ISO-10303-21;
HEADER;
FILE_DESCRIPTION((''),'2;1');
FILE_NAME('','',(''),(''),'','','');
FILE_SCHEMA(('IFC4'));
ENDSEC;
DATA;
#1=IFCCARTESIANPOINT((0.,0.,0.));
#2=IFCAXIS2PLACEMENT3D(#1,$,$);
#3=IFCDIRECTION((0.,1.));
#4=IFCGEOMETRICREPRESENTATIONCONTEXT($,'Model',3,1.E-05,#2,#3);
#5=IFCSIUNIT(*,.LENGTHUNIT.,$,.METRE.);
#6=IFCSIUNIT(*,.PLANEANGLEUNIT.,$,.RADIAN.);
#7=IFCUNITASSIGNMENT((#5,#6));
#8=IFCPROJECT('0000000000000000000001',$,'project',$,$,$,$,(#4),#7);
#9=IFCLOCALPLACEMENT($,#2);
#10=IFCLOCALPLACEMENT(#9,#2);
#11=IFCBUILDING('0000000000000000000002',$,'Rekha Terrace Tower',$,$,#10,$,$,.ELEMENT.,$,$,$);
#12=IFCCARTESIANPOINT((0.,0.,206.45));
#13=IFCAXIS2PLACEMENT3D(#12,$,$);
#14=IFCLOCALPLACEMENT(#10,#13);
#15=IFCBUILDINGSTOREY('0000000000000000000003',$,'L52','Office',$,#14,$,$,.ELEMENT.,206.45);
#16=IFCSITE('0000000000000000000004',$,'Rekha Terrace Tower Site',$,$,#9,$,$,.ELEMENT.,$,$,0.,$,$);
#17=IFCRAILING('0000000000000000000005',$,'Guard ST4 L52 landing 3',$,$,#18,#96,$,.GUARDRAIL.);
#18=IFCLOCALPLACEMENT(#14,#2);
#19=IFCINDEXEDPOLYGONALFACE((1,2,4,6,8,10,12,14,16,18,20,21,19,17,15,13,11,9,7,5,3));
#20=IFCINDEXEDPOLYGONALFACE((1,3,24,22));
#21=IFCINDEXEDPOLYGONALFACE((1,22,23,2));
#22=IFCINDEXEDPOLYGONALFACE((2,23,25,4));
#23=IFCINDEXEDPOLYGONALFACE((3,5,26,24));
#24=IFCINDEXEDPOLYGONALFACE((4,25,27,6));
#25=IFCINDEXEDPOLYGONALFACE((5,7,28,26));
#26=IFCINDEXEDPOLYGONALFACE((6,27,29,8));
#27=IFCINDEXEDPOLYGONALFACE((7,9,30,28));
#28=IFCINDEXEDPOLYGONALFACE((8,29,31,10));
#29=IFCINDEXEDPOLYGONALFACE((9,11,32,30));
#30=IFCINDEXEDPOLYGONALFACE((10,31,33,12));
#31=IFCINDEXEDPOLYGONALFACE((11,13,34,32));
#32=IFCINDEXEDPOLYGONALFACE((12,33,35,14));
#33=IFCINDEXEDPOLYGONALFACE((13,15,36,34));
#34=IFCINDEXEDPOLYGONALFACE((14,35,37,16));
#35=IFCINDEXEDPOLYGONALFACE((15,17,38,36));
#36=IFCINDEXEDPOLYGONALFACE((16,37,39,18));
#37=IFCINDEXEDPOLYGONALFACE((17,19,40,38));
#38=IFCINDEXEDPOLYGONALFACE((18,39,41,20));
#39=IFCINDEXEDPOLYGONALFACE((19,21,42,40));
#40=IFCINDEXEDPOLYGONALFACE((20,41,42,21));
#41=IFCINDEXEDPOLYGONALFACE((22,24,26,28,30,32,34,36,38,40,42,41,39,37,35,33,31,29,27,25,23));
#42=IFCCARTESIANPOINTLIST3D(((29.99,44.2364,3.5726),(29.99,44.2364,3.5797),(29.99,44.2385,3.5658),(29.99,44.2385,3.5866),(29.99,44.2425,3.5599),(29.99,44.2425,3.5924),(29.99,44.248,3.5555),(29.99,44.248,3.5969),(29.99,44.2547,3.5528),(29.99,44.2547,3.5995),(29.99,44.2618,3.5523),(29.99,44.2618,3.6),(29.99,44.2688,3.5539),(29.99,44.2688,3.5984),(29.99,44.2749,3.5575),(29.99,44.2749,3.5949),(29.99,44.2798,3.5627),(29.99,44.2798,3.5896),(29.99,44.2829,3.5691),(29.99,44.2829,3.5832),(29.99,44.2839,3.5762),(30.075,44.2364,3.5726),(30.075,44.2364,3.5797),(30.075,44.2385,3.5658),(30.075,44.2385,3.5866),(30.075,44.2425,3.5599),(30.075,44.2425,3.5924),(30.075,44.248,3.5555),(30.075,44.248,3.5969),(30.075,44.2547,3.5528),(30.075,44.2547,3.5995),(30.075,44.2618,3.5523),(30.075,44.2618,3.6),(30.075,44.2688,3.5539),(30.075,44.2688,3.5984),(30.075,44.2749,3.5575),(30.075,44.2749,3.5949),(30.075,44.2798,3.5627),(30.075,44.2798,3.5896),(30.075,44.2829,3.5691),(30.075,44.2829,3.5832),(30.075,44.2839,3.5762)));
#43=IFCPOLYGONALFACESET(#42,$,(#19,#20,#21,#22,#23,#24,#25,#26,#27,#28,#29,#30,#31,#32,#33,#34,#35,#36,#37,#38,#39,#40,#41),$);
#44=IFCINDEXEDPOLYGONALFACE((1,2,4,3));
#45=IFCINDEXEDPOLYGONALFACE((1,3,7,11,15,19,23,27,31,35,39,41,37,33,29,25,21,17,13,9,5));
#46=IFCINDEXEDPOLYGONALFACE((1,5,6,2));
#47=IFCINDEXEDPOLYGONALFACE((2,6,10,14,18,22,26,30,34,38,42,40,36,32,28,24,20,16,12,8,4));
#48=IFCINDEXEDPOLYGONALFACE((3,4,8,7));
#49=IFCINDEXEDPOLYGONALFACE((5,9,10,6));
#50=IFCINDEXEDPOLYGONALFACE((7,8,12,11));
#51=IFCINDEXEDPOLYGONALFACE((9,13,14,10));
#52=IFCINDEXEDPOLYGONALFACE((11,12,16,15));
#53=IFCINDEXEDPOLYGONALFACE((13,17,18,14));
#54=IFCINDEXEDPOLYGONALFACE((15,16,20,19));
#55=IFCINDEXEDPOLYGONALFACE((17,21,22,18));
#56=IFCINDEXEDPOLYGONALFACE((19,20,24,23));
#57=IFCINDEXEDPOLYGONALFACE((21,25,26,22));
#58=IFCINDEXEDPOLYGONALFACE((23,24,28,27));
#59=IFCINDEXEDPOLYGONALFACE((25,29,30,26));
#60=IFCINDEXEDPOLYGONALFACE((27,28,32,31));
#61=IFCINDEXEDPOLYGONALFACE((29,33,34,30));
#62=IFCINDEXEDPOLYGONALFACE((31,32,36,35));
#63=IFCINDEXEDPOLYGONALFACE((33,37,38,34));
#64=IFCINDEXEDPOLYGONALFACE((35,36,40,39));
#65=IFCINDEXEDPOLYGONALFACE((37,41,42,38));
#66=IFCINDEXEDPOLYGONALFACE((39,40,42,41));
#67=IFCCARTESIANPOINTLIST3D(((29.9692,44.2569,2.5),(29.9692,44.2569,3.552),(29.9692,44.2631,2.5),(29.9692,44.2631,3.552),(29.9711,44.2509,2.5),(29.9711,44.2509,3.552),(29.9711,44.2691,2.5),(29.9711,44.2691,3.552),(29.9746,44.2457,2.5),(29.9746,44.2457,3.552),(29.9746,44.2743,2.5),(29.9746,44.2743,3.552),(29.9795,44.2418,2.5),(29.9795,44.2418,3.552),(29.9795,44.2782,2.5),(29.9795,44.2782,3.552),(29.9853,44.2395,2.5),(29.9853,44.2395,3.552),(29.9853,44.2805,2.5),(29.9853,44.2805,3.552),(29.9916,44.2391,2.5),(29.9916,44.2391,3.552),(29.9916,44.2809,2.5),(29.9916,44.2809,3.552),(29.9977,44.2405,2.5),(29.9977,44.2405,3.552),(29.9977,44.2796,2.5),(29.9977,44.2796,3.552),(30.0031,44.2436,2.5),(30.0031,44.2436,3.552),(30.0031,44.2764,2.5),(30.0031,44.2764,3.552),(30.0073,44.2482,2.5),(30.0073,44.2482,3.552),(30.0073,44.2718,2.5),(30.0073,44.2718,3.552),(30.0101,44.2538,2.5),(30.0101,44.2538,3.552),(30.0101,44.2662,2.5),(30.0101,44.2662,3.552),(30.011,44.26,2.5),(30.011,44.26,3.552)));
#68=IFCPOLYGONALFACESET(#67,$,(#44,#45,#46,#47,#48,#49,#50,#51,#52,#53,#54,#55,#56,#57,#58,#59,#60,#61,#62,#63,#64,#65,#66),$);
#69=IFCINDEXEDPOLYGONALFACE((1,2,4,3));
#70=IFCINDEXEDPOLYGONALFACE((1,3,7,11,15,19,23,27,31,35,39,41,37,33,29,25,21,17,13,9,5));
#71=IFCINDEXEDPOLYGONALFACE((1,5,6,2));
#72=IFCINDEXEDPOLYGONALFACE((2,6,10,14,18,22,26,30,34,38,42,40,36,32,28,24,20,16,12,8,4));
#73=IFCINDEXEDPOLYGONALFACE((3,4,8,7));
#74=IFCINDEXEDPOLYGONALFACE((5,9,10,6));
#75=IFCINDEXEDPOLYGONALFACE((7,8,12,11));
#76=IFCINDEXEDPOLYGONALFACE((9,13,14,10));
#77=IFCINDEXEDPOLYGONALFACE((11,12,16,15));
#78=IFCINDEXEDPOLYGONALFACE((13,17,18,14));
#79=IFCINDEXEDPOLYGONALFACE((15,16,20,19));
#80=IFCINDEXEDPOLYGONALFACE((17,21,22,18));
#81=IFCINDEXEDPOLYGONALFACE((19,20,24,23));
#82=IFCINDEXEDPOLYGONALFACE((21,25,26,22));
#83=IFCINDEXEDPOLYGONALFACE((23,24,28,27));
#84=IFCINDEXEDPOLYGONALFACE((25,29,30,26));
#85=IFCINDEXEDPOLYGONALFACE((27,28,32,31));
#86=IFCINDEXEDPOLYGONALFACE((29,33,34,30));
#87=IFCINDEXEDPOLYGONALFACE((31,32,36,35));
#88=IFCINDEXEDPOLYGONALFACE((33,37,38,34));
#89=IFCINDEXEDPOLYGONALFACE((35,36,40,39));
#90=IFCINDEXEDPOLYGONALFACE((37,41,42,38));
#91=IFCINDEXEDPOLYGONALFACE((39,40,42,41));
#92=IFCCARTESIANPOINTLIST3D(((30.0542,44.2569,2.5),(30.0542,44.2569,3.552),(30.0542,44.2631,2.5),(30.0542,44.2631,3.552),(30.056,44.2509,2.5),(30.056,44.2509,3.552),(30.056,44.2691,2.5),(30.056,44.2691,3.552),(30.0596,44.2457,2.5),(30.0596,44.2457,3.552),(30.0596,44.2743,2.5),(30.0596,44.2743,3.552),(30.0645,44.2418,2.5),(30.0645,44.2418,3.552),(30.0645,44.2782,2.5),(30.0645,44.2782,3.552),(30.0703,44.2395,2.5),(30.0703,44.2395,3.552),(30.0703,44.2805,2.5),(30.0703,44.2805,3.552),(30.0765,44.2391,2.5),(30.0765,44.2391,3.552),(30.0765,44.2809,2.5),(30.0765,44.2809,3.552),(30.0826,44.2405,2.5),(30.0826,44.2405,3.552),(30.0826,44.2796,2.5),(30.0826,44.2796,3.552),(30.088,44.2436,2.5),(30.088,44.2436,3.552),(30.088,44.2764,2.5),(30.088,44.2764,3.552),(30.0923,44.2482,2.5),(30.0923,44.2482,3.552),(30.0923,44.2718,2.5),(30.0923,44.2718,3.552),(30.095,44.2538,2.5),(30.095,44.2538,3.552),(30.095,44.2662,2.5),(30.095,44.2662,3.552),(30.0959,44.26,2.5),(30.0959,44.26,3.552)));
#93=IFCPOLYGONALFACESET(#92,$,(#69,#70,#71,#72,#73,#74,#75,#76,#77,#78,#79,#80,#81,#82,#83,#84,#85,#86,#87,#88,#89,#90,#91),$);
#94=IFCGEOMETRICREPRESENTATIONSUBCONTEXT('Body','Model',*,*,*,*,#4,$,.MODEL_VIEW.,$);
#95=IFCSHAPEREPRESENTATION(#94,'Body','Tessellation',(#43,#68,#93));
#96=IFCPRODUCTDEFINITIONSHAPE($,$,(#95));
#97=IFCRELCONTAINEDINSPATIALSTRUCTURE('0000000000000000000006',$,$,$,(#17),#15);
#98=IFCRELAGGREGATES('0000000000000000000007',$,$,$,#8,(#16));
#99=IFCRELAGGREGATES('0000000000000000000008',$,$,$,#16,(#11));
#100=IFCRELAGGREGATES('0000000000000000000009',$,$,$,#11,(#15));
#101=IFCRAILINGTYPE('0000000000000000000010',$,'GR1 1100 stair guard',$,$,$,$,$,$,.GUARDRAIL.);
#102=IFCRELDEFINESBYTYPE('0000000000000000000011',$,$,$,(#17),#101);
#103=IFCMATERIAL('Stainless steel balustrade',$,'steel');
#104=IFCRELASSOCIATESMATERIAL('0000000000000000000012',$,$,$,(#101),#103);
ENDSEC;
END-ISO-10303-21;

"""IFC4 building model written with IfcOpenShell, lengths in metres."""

from ifc_helpers import new_model, si_unit, direction, frame, origin, origin_2d, place, context, subcontext, project, spatial, circle, extrude, material, type_object, element, save


model = new_model("IFC4")

# Units and contexts
model_context = context("Model", 3, precision=1e-05, world=origin(), true_north=direction((0.0, 1.0)))
body_context = subcontext(model_context, "Body", "Model", "MODEL_VIEW")
ifc_project = project(units=[si_unit("LENGTHUNIT", "METRE"), si_unit("PLANEANGLEUNIT", "RADIAN")], contexts=[model_context])

# Site, building, storey
site_placement = place(None, origin())
site = spatial("IfcSite", under=ifc_project, at=site_placement, Name="Rekha Terrace Tower Site", CompositionType="ELEMENT", RefElevation=0.0)
building_placement = place(site_placement, origin())
building = spatial("IfcBuilding", under=site, at=building_placement, Name="Rekha Terrace Tower", CompositionType="ELEMENT")
storey_placement = place(building_placement, frame((0.0, 0.0, 206.45)))
storey = spatial("IfcBuildingStorey", under=building, at=storey_placement, Name="L52", Description="Office", CompositionType="ELEMENT", Elevation=206.45)

# Railing
ifc_material_1 = material(Name="Stainless steel balustrade", Category="steel")
railing_type_1 = type_object("IfcRailingType", Name="GR1 1100 stair guard", PredefinedType="GUARDRAIL", material=ifc_material_1)
railing_1_placement = place(storey_placement, frame((29.99, 44.26, 2.5)))
element("IfcRailing", 1, at=railing_1_placement, inside=storey, type_object=railing_type_1, Name="Guard ST4 L52 landing 3", PredefinedType="GUARDRAIL", context=body_context, shape_type="SweptSolid", body=[
    extrude(circle(Radius=0.0239, at=origin_2d()), frame((0.0, 0.0, 1.0762), z_axis=(1.0, 0.0, 0.0), x_axis=(0.0, 1.0, 0.0)), (0.0, 0.0, 1.0), 0.085),
    extrude(circle(Radius=0.021, at=origin_2d()), origin(), (0.0, 0.0, 1.0), 1.052),
    extrude(circle(Radius=0.021, at=origin_2d()), frame((0.085, 0.0, 0.0)), (0.0, 0.0, 1.0), 1.052),
])

save(model, "model.ifc")
